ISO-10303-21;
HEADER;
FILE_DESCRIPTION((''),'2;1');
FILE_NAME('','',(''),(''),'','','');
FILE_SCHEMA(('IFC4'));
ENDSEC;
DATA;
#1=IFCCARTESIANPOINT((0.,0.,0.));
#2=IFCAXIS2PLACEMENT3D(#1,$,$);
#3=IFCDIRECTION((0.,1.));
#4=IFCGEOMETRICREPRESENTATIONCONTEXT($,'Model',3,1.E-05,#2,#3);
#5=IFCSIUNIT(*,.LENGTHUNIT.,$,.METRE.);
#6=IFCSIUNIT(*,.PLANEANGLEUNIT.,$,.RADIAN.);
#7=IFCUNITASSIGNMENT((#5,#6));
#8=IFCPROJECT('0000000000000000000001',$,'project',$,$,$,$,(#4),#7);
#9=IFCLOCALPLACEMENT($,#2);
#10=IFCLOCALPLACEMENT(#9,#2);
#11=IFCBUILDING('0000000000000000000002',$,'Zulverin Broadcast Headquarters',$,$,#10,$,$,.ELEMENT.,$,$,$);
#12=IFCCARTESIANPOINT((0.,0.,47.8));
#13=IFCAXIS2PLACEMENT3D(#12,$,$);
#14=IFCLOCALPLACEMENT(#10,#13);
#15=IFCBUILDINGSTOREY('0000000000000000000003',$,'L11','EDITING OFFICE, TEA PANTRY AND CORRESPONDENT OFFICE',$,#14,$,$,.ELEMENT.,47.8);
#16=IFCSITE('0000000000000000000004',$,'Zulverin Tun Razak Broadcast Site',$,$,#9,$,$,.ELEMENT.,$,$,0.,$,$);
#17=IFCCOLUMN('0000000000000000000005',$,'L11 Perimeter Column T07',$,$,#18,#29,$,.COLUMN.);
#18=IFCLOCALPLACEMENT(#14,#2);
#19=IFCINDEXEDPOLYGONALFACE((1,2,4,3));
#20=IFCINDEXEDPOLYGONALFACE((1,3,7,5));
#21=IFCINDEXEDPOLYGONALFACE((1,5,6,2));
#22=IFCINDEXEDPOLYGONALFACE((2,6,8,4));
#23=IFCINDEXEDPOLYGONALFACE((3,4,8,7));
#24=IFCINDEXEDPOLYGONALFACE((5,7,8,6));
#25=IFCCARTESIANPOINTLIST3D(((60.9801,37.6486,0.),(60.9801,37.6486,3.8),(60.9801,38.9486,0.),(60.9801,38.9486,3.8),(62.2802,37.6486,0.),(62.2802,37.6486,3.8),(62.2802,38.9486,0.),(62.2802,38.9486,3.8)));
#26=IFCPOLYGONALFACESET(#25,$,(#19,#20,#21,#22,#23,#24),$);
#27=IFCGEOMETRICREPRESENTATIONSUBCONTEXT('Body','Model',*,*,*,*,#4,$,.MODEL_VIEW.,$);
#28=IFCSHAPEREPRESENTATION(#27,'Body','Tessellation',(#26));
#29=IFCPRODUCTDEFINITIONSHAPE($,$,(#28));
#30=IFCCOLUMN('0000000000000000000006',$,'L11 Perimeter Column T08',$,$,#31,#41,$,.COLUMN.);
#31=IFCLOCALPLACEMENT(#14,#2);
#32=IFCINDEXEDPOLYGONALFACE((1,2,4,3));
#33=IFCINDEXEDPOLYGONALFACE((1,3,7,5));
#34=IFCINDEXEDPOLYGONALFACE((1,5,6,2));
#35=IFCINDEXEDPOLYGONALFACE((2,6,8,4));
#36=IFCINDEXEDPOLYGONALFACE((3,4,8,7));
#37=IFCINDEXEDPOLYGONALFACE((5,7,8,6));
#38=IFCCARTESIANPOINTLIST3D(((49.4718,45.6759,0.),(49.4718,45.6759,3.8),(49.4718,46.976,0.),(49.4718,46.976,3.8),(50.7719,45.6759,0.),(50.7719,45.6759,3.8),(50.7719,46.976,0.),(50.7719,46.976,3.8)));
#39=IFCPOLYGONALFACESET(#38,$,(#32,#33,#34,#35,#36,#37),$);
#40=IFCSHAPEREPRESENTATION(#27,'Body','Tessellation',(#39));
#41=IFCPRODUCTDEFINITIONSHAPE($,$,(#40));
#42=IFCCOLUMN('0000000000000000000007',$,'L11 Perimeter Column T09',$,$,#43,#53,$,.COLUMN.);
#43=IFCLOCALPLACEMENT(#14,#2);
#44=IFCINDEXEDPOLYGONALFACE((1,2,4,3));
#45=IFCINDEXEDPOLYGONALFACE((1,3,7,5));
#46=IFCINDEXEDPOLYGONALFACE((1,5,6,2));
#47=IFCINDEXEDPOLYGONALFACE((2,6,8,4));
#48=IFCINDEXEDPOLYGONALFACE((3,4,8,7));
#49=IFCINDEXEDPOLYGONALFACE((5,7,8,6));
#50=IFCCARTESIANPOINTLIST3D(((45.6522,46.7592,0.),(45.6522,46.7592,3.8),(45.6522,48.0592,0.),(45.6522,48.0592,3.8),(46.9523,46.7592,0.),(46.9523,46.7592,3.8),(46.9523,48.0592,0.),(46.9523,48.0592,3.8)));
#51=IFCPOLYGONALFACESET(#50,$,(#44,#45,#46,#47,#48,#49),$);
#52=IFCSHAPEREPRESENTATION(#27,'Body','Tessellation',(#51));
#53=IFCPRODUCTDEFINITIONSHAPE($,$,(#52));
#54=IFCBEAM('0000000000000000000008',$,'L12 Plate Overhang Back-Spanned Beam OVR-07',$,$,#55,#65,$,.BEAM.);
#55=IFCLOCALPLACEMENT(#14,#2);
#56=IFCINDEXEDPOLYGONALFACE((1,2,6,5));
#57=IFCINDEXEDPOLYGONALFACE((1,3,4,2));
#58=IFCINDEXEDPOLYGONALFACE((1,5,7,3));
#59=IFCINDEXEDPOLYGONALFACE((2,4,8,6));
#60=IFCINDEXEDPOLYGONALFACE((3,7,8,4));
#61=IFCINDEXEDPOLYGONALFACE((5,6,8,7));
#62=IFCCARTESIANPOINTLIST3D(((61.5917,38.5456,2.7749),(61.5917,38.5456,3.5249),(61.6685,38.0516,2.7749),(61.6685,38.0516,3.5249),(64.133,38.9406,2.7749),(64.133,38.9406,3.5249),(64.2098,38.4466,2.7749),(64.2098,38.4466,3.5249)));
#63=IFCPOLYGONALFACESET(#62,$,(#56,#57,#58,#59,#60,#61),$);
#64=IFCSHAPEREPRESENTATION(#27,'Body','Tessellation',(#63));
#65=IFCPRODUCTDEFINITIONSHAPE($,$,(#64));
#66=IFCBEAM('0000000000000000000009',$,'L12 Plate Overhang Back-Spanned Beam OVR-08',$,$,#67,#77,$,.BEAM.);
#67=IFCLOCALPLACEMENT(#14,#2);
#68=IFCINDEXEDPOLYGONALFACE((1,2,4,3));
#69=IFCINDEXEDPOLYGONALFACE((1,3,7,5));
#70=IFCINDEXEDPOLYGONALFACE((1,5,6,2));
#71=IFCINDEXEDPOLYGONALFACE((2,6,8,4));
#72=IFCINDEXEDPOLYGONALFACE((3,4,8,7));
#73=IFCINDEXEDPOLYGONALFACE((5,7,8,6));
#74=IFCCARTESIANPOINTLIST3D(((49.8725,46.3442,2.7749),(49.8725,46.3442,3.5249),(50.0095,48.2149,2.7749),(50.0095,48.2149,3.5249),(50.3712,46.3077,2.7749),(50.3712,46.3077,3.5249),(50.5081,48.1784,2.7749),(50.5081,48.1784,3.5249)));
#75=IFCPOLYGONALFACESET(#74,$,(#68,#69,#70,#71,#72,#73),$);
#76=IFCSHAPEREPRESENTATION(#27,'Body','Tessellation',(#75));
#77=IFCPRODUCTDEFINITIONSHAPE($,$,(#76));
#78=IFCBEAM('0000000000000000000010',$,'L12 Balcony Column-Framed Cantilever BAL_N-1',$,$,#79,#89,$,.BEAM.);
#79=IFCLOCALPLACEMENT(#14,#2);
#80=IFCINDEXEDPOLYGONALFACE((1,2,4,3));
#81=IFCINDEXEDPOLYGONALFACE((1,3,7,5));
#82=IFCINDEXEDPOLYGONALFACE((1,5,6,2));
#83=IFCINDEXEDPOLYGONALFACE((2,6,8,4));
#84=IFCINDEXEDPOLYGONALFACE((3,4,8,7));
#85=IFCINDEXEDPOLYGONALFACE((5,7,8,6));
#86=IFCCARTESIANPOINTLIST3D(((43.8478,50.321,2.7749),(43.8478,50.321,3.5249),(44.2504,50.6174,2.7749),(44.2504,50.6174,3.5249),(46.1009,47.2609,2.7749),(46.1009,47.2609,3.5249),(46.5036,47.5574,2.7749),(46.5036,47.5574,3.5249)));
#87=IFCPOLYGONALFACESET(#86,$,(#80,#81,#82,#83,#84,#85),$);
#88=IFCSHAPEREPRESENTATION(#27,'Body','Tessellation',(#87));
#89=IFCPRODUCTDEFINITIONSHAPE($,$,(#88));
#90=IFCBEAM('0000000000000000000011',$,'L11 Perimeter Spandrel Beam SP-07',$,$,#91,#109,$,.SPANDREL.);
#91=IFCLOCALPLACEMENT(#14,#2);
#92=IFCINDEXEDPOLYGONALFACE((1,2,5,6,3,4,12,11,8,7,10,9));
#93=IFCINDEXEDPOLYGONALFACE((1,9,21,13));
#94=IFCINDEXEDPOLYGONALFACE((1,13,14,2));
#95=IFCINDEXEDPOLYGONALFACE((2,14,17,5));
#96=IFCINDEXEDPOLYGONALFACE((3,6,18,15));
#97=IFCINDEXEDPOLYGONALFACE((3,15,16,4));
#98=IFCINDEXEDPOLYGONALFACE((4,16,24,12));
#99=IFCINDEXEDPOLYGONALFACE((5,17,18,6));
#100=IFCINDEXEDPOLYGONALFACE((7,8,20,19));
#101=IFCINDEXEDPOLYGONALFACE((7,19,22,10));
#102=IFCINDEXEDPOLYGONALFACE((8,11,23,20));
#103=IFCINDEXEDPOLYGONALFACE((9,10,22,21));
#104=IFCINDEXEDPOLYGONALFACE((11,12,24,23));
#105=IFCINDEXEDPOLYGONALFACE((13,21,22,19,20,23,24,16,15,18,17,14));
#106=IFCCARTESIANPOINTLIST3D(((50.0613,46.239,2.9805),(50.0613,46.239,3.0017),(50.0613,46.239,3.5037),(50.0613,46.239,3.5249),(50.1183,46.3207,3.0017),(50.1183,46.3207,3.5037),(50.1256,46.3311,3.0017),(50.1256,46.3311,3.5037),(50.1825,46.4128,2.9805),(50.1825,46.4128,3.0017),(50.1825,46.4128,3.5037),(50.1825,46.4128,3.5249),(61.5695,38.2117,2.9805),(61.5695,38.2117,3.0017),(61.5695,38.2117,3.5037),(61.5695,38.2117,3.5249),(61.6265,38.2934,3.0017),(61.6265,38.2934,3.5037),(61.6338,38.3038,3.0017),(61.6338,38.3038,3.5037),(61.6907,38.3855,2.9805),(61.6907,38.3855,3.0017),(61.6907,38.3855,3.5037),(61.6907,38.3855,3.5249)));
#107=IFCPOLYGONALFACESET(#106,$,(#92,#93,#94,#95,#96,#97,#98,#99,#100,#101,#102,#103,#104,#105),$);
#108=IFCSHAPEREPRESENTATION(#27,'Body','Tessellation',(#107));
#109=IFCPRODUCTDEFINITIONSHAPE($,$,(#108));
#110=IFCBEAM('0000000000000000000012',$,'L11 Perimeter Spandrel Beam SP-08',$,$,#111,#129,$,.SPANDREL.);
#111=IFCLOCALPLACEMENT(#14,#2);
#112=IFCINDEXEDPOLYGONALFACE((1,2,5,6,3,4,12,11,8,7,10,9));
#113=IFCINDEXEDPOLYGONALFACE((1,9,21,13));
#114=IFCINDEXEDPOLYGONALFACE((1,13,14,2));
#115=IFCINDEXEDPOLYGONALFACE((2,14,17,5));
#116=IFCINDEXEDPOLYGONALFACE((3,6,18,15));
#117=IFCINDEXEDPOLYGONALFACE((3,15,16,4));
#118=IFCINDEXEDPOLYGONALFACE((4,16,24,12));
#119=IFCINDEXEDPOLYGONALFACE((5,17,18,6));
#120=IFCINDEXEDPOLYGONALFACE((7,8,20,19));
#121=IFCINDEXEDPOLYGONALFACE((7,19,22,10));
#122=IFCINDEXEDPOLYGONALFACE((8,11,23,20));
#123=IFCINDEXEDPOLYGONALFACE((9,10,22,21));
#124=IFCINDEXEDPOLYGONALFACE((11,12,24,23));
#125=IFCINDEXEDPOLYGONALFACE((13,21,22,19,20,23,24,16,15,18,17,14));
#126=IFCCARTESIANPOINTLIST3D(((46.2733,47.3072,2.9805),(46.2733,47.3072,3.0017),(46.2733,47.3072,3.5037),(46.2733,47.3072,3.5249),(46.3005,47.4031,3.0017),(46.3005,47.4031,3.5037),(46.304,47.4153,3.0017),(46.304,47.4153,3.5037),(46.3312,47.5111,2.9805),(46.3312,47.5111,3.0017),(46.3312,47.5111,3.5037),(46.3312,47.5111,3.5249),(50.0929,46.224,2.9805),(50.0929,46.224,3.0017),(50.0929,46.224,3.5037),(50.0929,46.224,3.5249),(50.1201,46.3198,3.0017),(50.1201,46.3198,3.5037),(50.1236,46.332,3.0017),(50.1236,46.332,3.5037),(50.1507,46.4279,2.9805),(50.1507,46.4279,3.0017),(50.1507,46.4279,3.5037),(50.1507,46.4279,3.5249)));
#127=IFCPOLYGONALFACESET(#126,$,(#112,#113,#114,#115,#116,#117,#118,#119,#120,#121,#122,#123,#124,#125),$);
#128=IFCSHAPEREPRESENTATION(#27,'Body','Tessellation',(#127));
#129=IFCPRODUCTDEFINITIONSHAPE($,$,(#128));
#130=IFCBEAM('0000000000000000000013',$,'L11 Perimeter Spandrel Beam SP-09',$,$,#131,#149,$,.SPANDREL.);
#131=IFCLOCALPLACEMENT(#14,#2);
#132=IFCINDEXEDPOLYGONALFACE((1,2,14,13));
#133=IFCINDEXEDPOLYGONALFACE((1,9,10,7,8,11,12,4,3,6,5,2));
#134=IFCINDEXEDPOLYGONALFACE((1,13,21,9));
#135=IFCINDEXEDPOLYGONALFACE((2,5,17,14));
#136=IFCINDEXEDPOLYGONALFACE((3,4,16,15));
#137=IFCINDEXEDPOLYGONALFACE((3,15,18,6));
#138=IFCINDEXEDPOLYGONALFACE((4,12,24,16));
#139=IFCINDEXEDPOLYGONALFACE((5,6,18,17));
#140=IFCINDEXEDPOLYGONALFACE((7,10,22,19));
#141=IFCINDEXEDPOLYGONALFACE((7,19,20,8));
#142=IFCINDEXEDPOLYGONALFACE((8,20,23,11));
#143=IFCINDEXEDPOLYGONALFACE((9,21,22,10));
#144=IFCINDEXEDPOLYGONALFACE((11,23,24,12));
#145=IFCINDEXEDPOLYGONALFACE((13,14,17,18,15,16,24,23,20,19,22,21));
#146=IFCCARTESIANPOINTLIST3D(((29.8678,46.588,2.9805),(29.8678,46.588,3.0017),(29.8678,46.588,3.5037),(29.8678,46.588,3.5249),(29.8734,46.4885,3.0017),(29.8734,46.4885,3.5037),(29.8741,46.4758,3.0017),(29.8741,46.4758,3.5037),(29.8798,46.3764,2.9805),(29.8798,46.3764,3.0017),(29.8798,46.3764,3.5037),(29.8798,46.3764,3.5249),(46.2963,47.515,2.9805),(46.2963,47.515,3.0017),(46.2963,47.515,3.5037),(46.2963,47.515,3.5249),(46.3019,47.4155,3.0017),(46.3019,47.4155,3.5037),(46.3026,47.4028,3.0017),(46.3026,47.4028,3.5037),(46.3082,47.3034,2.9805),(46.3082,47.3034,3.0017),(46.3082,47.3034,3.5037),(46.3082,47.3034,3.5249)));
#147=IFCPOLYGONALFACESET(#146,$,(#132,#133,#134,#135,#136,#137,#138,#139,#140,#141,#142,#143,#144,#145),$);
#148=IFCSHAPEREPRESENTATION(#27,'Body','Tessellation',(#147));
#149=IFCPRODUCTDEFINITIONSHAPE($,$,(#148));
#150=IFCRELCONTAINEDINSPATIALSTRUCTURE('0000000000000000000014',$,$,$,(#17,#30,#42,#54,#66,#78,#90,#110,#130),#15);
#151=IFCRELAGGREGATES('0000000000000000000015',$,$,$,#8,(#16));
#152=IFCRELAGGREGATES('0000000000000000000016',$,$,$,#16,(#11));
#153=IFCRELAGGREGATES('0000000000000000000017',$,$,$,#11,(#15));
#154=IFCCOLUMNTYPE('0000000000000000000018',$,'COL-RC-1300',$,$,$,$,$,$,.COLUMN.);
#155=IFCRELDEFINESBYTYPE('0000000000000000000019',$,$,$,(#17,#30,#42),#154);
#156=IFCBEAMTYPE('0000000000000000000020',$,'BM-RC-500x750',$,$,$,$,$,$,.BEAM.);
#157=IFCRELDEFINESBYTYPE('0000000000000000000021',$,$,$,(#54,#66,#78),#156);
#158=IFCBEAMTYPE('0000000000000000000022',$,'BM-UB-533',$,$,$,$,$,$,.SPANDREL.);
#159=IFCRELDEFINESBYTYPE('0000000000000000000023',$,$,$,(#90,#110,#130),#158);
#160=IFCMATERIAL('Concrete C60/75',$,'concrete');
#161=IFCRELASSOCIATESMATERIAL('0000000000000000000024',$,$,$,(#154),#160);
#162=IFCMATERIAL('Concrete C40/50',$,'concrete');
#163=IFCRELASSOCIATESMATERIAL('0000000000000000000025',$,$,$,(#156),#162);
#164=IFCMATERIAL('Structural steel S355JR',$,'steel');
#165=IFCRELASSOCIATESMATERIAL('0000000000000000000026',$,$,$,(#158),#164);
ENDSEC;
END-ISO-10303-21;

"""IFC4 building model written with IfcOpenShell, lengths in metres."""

from ifc_helpers import new_model, si_unit, direction, frame, origin, origin_2d, place, context, subcontext, project, spatial, rectangle, i_section, extrude, material, material_profile, profile_set, type_object, element, save


model = new_model("IFC4")

# Units and contexts
model_context = context("Model", 3, precision=1e-05, world=origin(), true_north=direction((0.0, 1.0)))
body_context = subcontext(model_context, "Body", "Model", "MODEL_VIEW")
ifc_project = project(units=[si_unit("LENGTHUNIT", "METRE"), si_unit("PLANEANGLEUNIT", "RADIAN")], contexts=[model_context])

# Site, building, storey
site_placement = place(None, origin())
site = spatial("IfcSite", under=ifc_project, at=site_placement, Name="Zulverin Tun Razak Broadcast Site", CompositionType="ELEMENT", RefElevation=0.0)
building_placement = place(site_placement, origin())
building = spatial("IfcBuilding", under=site, at=building_placement, Name="Zulverin Broadcast Headquarters", CompositionType="ELEMENT")
storey_placement = place(building_placement, frame((0.0, 0.0, 47.8)))
storey = spatial("IfcBuildingStorey", under=building, at=storey_placement, Name="L11", Description="EDITING OFFICE, TEA PANTRY AND CORRESPONDENT OFFICE", CompositionType="ELEMENT", Elevation=47.8)

# Columns
ifc_material_1 = material(Name="Concrete C60/75", Category="concrete")
ifc_material_profile_1 = material_profile(ifc_material_1, rectangle(XDim=1.3, YDim=1.3, at=origin_2d()), Name="Concrete C60/75", Category="concrete")
ifc_profile_set_1 = profile_set([ifc_material_profile_1], Name="Concrete C60/75")
column_type = type_object("IfcColumnType", Name="COL-RC-1300", PredefinedType="COLUMN", material=ifc_profile_set_1)
for number, where, z_axis, x_axis, name in (
    (1, (61.6301, 38.2986, 0.0), (0.0, 0.0, 1.0), (1.0, 0.0, 0.0), "L11 Perimeter Column T07"),
    (2, (50.1218, 46.3259, 0.0), (0.0, 0.0, 1.0), (1.0, 0.0, 0.0), "L11 Perimeter Column T08"),
    (3, (46.3022, 47.4092, 0.0), (0.0, 0.0, 1.0), (1.0, 0.0, 0.0), "L11 Perimeter Column T09"),
):
    element("IfcColumn", number, at=place(storey_placement, frame(where, z_axis=z_axis, x_axis=x_axis)), inside=storey, type_object=column_type, Name=name, PredefinedType="COLUMN", context=body_context, shape_type="SweptSolid", body=[
        extrude(rectangle(XDim=1.3, YDim=1.3, at=origin_2d()), origin(), (0.0, 0.0, 1.0), 3.8),
    ])

# Beams
ifc_material_2 = material(Name="Concrete C40/50", Category="concrete")
ifc_material_profile_2 = material_profile(ifc_material_2, rectangle(XDim=0.5, YDim=0.75, at=origin_2d()), Name="Concrete C40/50", Category="concrete")
ifc_profile_set_2 = profile_set([ifc_material_profile_2], Name="Concrete C40/50")
beam_type_1 = type_object("IfcBeamType", Name="BM-RC-500x750", PredefinedType="BEAM", material=ifc_profile_set_2)
beam_1_placement = place(storey_placement, frame((61.6301, 38.2986, 3.1499), z_axis=(0.988133, 0.153598, 0.0), x_axis=(-0.153598, 0.988133, 0.0)))
element("IfcBeam", 4, at=beam_1_placement, inside=storey, type_object=beam_type_1, Name="L12 Plate Overhang Back-Spanned Beam OVR-07", PredefinedType="BEAM", context=body_context, shape_type="SweptSolid", body=[
    extrude(rectangle(XDim=0.5, YDim=0.75, at=origin_2d()), origin(), (0.0, 0.0, 1.0), 2.5718),
])
beam_2_placement = place(storey_placement, frame((50.1218, 46.3259, 3.1499), z_axis=(0.073023, 0.99733, 0.0), x_axis=(-0.99733, 0.073023, 0.0)))
element("IfcBeam", 5, at=beam_2_placement, inside=storey, type_object=beam_type_1, Name="L12 Plate Overhang Back-Spanned Beam OVR-08", PredefinedType="BEAM", context=body_context, shape_type="SweptSolid", body=[
    extrude(rectangle(XDim=0.5, YDim=0.75, at=origin_2d()), origin(), (0.0, 0.0, 1.0), 1.8757),
])
beam_3_placement = place(storey_placement, frame((46.3022, 47.4092, 3.1499), z_axis=(-0.592925, 0.805258, 0.0), x_axis=(-0.805258, -0.592925, 0.0)))
element("IfcBeam", 6, at=beam_3_placement, inside=storey, type_object=beam_type_1, Name="L12 Balcony Column-Framed Cantilever BAL_N-1", PredefinedType="BEAM", context=body_context, shape_type="SweptSolid", body=[
    extrude(rectangle(XDim=0.5, YDim=0.75, at=origin_2d()), origin(), (0.0, 0.0, 1.0), 3.8),
])
ifc_material_3 = material(Name="Structural steel S355JR", Category="steel")
ifc_material_profile_3 = material_profile(ifc_material_3, i_section(OverallWidth=0.2119, OverallDepth=0.5444, WebThickness=0.0127, FlangeThickness=0.0212, at=origin_2d()), Name="Structural steel S355JR", Category="steel")
ifc_profile_set_3 = profile_set([ifc_material_profile_3], Name="Structural steel S355JR")
beam_type_2 = type_object("IfcBeamType", Name="BM-UB-533", PredefinedType="SPANDREL", material=ifc_profile_set_3)
beam_4_placement = place(storey_placement, frame((61.6301, 38.2986, 3.2527), z_axis=(-0.820184, 0.5721, 0.0), x_axis=(-0.5721, -0.820184, 0.0)))
element("IfcBeam", 7, at=beam_4_placement, inside=storey, type_object=beam_type_2, Name="L11 Perimeter Spandrel Beam SP-07", PredefinedType="SPANDREL", context=body_context, shape_type="SweptSolid", body=[
    extrude(i_section(OverallWidth=0.2119, OverallDepth=0.5444, WebThickness=0.0127, FlangeThickness=0.0212, at=origin_2d()), origin(), (0.0, 0.0, 1.0), 14.0312),
])
beam_5_placement = place(storey_placement, frame((50.1218, 46.3259, 3.2527), z_axis=(-0.962058, 0.272844, 0.0), x_axis=(-0.272844, -0.962058, 0.0)))
element("IfcBeam", 8, at=beam_5_placement, inside=storey, type_object=beam_type_2, Name="L11 Perimeter Spandrel Beam SP-08", PredefinedType="SPANDREL", context=body_context, shape_type="SweptSolid", body=[
    extrude(i_section(OverallWidth=0.2119, OverallDepth=0.5444, WebThickness=0.0127, FlangeThickness=0.0212, at=origin_2d()), origin(), (0.0, 0.0, 1.0), 3.9702),
])
beam_6_placement = place(storey_placement, frame((46.3022, 47.4092, 3.2527), z_axis=(-0.998412, -0.056337, 0.0), x_axis=(0.056337, -0.998412, 0.0)))
element("IfcBeam", 9, at=beam_6_placement, inside=storey, type_object=beam_type_2, Name="L11 Perimeter Spandrel Beam SP-09", PredefinedType="SPANDREL", context=body_context, shape_type="SweptSolid", body=[
    extrude(i_section(OverallWidth=0.2119, OverallDepth=0.5444, WebThickness=0.0127, FlangeThickness=0.0212, at=origin_2d()), origin(), (0.0, 0.0, 1.0), 16.4546),
])

save(model, "model.ifc")
